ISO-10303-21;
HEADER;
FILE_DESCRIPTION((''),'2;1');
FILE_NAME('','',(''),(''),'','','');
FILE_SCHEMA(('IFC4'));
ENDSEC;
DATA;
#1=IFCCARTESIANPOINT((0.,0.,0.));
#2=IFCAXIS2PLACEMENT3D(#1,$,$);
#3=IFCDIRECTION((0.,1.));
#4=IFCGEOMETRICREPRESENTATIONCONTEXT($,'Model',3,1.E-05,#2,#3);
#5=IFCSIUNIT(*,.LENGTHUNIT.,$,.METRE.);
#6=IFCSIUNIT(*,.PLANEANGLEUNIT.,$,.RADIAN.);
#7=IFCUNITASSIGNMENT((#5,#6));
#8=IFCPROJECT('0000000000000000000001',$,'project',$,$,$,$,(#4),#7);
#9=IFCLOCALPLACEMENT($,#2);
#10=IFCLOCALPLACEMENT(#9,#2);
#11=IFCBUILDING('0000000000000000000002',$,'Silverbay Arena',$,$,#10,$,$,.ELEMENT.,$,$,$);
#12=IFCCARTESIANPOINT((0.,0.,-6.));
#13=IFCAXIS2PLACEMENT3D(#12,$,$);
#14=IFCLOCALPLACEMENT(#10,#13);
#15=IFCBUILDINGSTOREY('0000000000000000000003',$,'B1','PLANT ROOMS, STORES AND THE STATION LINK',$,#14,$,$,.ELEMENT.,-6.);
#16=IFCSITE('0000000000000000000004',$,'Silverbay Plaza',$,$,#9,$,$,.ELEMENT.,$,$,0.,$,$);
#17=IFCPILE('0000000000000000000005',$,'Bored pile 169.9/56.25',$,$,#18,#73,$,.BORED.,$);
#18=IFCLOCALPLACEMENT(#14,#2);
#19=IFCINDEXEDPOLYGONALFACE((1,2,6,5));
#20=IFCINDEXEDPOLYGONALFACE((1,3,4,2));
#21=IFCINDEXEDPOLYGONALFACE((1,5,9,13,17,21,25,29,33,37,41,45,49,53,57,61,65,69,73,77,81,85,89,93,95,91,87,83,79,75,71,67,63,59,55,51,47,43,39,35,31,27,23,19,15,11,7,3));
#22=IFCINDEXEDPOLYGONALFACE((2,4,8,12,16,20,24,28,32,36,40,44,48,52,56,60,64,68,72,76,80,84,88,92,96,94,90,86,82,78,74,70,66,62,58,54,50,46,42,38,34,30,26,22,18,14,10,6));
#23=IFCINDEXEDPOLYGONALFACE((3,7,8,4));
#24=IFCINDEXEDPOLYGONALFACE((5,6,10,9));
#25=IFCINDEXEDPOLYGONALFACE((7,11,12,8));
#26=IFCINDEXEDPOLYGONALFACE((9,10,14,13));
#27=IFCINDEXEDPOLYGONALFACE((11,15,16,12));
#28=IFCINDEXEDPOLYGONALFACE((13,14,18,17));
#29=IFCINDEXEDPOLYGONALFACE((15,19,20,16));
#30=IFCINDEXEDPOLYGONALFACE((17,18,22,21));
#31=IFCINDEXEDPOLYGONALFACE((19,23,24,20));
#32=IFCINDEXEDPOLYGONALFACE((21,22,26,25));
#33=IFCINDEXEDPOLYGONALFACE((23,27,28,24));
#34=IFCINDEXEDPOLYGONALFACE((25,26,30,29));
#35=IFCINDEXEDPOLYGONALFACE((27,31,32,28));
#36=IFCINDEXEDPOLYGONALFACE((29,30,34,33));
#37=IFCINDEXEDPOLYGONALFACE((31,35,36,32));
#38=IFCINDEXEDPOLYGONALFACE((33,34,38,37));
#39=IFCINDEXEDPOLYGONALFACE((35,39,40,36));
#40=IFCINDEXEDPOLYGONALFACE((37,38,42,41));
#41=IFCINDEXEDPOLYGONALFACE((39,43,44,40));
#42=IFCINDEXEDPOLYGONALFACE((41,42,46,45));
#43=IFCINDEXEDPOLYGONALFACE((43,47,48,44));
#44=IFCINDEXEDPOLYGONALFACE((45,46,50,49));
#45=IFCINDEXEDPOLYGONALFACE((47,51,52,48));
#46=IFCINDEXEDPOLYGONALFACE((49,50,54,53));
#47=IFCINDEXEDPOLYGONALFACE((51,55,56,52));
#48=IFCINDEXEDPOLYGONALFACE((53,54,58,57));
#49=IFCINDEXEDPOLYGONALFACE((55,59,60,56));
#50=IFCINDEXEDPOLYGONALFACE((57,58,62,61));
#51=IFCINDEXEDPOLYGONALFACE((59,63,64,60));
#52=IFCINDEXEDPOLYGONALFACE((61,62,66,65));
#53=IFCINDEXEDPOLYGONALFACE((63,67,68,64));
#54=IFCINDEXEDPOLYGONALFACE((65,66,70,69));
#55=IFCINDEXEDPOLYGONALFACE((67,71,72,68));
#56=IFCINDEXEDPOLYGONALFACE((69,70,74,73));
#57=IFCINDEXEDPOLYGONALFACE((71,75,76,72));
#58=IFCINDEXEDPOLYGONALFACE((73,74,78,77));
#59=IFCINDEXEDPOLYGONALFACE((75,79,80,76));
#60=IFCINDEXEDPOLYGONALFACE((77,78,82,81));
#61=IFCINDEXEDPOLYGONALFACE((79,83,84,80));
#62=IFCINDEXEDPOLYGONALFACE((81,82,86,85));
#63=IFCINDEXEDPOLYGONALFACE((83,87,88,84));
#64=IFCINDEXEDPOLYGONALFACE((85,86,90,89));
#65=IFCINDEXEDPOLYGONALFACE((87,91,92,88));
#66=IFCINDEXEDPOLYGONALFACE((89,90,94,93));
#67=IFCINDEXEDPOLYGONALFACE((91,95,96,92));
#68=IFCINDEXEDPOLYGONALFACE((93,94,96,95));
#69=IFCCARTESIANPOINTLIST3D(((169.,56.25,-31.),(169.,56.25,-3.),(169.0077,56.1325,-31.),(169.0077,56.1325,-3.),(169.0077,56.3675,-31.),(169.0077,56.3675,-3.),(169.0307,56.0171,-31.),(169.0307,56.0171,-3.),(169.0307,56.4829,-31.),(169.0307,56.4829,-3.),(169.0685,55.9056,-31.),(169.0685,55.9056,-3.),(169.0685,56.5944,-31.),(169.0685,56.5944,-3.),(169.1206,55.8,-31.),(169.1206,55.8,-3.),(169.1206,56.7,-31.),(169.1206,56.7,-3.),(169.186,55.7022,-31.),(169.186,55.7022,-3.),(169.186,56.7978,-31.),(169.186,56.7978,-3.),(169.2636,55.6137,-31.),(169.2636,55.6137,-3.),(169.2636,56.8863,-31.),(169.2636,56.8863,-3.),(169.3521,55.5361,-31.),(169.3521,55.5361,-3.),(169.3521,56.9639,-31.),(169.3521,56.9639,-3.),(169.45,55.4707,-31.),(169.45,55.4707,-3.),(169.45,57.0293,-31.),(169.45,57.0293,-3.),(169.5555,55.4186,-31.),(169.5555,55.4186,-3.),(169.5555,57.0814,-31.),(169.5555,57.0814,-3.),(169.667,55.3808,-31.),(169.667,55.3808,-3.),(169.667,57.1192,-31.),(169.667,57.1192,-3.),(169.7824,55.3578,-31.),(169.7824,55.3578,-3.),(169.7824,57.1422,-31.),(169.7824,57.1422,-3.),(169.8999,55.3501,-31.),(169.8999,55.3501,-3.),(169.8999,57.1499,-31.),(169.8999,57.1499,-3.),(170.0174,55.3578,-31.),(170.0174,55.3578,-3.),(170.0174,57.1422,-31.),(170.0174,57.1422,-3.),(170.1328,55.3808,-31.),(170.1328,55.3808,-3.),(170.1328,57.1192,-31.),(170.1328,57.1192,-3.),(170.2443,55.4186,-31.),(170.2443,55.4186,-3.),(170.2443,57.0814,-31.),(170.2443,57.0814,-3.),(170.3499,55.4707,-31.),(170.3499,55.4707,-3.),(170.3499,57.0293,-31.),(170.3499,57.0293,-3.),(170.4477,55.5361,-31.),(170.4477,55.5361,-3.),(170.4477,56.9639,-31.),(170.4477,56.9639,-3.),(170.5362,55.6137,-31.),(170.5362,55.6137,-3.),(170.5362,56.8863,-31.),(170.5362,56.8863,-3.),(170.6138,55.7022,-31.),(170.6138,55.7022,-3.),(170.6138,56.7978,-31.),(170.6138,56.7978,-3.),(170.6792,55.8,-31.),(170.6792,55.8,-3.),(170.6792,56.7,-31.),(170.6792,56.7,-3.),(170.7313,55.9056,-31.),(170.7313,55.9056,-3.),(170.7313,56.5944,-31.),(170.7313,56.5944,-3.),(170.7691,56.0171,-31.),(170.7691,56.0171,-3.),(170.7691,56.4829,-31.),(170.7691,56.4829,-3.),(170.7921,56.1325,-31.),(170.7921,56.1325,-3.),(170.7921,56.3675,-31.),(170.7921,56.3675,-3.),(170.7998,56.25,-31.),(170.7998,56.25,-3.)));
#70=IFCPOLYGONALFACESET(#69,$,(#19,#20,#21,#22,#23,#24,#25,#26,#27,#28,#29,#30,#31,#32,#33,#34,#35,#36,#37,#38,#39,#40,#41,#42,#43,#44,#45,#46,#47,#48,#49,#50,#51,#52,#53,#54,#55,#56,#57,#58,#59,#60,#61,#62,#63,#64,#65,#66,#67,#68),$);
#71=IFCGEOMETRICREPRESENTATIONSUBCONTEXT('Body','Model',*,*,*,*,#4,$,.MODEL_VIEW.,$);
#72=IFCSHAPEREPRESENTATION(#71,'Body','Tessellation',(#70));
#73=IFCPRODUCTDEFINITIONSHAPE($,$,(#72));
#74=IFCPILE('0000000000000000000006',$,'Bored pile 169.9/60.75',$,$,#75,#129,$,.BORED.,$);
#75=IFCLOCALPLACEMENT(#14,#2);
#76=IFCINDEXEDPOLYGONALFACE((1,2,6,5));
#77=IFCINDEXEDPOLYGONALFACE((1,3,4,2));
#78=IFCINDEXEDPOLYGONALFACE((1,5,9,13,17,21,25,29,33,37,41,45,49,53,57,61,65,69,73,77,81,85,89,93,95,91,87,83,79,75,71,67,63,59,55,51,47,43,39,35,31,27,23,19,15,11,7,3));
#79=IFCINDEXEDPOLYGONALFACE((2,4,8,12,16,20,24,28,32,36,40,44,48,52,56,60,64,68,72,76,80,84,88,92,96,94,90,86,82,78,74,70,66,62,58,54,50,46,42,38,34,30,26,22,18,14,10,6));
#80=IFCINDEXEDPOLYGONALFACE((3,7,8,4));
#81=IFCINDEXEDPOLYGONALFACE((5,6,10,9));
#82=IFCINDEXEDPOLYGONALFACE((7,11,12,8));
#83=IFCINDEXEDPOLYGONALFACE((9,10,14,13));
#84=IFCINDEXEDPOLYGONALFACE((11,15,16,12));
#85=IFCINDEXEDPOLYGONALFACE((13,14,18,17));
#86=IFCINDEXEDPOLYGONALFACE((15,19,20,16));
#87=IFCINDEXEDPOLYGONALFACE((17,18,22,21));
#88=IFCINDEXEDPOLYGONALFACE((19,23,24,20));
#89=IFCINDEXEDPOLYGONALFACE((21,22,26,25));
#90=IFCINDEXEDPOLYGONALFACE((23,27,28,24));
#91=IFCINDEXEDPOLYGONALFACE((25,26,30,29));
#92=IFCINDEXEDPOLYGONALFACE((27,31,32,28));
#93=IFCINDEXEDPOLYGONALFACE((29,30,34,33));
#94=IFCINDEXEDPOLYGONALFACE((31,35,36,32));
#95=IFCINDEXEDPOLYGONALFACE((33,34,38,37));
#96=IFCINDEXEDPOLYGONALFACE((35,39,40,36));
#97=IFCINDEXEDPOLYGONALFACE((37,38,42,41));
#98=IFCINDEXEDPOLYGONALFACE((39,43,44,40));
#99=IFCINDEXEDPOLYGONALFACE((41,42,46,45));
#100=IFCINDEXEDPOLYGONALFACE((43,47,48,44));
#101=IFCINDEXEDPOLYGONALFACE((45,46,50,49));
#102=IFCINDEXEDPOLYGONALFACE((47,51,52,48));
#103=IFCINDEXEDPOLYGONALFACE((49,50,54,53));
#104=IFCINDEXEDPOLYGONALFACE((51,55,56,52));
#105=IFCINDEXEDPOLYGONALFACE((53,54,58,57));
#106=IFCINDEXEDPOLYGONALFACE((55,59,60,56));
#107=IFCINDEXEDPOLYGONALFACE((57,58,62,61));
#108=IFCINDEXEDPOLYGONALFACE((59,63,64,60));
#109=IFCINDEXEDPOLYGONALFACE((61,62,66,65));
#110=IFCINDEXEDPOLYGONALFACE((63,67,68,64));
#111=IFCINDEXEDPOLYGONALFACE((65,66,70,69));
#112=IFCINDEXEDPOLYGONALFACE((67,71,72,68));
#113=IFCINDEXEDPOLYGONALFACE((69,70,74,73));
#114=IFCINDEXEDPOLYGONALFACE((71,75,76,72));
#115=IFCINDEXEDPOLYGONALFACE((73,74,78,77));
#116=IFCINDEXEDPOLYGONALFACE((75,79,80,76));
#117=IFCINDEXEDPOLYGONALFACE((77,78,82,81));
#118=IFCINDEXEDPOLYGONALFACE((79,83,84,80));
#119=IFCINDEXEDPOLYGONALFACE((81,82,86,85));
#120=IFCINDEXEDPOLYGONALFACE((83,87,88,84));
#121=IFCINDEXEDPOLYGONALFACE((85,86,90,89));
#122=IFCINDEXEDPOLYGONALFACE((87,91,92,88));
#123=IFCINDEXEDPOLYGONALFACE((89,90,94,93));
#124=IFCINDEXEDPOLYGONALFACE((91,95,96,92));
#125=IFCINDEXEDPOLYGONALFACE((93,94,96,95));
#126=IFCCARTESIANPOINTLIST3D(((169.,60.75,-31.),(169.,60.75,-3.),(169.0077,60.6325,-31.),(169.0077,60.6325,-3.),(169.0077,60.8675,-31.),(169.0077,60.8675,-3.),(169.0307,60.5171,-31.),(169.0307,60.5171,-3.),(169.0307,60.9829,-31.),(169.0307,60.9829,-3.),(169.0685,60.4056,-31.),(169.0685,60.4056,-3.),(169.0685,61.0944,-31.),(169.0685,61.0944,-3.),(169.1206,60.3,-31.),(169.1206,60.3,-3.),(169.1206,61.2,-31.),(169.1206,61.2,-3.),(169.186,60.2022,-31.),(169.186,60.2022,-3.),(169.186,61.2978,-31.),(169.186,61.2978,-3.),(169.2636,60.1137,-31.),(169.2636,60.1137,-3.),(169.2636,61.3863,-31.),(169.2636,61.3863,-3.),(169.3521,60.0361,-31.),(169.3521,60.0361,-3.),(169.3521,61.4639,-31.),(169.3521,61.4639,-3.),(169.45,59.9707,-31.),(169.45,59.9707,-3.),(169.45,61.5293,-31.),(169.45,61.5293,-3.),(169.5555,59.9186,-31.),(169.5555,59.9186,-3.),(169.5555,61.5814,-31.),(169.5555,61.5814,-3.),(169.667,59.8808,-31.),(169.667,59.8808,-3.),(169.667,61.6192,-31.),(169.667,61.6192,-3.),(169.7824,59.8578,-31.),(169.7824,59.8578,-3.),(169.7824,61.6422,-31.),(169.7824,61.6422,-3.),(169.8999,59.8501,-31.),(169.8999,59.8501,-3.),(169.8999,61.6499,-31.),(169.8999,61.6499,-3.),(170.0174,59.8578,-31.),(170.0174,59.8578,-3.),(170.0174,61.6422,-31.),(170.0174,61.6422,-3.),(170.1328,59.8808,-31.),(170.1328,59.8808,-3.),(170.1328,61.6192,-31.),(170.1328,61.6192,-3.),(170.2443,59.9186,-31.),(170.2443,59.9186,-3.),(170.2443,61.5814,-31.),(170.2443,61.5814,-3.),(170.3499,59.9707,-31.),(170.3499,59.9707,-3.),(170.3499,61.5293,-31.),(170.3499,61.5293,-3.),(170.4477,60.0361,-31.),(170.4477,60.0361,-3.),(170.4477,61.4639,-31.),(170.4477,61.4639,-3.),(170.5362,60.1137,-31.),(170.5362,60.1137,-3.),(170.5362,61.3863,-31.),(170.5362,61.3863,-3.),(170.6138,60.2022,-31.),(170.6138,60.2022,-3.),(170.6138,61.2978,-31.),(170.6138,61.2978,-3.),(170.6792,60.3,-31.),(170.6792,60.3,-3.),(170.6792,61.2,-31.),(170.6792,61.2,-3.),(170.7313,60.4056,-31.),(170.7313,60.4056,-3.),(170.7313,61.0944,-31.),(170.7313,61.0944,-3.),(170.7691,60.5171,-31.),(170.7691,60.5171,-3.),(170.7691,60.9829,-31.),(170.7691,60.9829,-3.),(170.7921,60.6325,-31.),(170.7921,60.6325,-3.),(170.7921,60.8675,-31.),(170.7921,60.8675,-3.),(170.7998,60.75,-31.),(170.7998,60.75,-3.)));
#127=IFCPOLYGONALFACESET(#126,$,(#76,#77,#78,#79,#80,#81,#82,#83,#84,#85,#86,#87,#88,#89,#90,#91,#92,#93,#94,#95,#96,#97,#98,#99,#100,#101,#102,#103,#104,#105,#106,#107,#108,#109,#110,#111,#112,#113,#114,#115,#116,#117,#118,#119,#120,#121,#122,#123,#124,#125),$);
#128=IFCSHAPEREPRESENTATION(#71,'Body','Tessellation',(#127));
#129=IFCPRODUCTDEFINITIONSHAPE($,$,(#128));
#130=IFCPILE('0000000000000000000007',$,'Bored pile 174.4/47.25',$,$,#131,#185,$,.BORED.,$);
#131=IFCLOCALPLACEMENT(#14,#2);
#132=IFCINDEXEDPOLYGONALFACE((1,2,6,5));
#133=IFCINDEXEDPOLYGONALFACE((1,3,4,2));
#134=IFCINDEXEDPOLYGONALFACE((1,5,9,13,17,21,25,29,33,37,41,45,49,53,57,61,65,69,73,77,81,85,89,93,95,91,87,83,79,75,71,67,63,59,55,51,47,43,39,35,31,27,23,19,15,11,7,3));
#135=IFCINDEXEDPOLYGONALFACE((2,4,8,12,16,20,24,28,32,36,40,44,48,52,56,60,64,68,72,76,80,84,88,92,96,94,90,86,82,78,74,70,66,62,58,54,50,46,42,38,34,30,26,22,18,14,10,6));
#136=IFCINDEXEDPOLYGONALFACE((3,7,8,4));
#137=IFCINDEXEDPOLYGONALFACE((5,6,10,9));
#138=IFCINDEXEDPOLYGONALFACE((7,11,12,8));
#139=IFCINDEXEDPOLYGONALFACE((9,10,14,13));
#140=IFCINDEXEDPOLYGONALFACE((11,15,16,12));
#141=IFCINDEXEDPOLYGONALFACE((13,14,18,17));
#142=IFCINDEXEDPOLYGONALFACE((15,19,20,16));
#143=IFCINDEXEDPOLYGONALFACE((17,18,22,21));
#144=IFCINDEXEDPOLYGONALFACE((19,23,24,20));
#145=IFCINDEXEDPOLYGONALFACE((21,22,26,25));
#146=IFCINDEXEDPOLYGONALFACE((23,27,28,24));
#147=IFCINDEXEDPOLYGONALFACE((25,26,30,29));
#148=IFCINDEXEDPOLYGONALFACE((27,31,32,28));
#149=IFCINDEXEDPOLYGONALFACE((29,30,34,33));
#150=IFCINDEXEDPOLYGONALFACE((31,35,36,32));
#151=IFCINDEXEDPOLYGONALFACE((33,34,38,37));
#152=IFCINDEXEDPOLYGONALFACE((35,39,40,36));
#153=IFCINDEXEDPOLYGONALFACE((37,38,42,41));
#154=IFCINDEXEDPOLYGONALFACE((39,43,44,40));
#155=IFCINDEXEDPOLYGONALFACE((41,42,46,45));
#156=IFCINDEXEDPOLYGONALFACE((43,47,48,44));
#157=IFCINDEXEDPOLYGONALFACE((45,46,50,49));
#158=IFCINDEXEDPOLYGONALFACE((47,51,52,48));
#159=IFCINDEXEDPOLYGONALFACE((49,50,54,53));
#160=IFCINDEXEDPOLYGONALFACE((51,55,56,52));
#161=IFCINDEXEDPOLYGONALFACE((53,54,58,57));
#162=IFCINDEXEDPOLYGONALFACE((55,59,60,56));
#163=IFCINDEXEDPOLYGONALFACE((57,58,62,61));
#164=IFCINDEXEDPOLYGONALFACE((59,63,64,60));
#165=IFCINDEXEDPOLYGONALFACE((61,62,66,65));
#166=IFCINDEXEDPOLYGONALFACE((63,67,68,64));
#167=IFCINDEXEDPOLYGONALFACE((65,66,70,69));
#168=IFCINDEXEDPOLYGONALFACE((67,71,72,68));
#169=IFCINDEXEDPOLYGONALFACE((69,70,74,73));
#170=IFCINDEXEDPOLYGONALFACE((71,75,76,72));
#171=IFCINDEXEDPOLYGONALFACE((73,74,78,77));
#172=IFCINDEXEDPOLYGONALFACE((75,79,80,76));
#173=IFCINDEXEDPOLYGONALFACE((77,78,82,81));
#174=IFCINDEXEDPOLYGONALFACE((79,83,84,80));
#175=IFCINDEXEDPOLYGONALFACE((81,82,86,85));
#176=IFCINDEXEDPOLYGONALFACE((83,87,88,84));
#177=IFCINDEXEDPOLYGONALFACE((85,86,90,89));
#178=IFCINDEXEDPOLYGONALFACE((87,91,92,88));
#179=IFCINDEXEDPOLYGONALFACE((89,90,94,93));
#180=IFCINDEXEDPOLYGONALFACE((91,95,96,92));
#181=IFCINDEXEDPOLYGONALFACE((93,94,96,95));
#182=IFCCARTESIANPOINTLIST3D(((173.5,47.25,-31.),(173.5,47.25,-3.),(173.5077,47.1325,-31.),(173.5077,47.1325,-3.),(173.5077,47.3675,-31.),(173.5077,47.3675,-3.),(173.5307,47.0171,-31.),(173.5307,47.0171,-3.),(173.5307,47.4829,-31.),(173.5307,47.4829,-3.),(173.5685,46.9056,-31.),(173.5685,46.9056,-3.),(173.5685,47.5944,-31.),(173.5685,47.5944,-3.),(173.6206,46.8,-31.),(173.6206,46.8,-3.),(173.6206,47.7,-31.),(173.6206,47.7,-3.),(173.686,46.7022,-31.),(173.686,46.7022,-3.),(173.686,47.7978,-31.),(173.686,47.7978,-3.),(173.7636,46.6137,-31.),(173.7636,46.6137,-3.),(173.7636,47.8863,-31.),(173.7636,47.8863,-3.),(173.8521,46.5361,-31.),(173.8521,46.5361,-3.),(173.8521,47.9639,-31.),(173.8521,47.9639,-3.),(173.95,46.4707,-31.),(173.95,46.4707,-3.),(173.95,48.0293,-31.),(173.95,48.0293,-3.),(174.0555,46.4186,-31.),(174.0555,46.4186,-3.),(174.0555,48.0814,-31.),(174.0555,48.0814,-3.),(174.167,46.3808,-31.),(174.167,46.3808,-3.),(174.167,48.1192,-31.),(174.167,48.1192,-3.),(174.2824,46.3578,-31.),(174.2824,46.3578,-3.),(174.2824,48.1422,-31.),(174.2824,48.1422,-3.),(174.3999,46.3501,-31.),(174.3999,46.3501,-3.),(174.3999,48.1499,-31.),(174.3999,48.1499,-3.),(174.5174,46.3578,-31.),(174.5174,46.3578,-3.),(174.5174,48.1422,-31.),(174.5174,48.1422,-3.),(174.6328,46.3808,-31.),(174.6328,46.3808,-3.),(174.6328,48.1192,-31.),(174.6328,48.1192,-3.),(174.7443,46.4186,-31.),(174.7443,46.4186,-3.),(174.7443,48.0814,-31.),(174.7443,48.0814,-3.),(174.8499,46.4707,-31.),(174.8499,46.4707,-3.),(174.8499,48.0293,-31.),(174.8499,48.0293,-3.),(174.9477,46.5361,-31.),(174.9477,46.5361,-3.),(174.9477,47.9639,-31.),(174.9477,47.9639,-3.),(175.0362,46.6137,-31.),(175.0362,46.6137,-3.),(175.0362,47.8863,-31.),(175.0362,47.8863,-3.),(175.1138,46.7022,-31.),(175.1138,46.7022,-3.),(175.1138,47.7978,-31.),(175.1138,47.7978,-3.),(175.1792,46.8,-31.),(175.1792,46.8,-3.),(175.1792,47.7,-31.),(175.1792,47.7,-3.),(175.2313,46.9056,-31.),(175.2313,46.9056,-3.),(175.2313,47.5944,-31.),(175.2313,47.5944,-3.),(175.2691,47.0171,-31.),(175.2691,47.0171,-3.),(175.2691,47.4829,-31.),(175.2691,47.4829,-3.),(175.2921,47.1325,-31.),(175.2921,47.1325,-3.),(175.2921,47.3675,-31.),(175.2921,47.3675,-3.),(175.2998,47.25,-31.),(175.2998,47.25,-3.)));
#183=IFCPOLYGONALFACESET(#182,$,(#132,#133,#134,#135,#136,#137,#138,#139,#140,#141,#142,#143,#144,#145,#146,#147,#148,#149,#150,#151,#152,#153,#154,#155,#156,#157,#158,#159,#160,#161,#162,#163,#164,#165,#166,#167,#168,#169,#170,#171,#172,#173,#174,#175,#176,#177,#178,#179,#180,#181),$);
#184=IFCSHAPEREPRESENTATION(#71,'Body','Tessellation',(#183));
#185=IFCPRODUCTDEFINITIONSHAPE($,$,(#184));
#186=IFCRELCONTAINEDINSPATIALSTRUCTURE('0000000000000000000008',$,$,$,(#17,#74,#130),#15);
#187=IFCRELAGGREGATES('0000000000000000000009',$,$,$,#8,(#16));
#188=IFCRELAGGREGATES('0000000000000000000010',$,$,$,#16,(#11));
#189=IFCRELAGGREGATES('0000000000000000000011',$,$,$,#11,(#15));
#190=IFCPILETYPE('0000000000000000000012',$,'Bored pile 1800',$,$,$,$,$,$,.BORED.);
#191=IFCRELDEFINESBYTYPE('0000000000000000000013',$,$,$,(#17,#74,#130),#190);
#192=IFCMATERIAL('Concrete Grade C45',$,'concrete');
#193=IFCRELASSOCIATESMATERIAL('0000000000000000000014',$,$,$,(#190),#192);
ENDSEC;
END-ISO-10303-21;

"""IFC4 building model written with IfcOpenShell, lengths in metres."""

from ifc_helpers import new_model, si_unit, direction, frame, origin, origin_2d, place, context, subcontext, project, spatial, circle, extrude, material, material_profile, profile_set, type_object, element, save


model = new_model("IFC4")

# Units and contexts
model_context = context("Model", 3, precision=1e-05, world=origin(), true_north=direction((0.0, 1.0)))
body_context = subcontext(model_context, "Body", "Model", "MODEL_VIEW")
ifc_project = project(units=[si_unit("LENGTHUNIT", "METRE"), si_unit("PLANEANGLEUNIT", "RADIAN")], contexts=[model_context])

# Site, building, storey
site_placement = place(None, origin())
site = spatial("IfcSite", under=ifc_project, at=site_placement, Name="Silverbay Plaza", CompositionType="ELEMENT", RefElevation=0.0)
building_placement = place(site_placement, origin())
building = spatial("IfcBuilding", under=site, at=building_placement, Name="Silverbay Arena", CompositionType="ELEMENT")
storey_placement = place(building_placement, frame((0.0, 0.0, -6.0)))
storey = spatial("IfcBuildingStorey", under=building, at=storey_placement, Name="B1", Description="PLANT ROOMS, STORES AND THE STATION LINK", CompositionType="ELEMENT", Elevation=-6.0)

# Piles
ifc_material_1 = material(Name="Concrete Grade C45", Category="concrete")
ifc_material_profile_1 = material_profile(ifc_material_1, circle(Radius=0.8999, at=origin_2d()), Name="Bored pile 1800")
ifc_profile_set_1 = profile_set([ifc_material_profile_1], Name="Concrete Grade C45")
pile_type_1 = type_object("IfcPileType", Name="Bored pile 1800", PredefinedType="BORED", material=ifc_profile_set_1)
for number, where, z_axis, x_axis, name in (
    (1, (169.8999, 56.25, -3.0), (0.0, 0.0, -1.0), (1.0, 0.0, 0.0), "Bored pile 169.9/56.25"),
    (2, (169.8999, 60.75, -3.0), (0.0, 0.0, -1.0), (1.0, 0.0, 0.0), "Bored pile 169.9/60.75"),
    (3, (174.3999, 47.25, -3.0), (0.0, 0.0, -1.0), (1.0, 0.0, 0.0), "Bored pile 174.4/47.25"),
):
    element("IfcPile", number, at=place(storey_placement, frame(where, z_axis=z_axis, x_axis=x_axis)), inside=storey, type_object=pile_type_1, Name=name, PredefinedType="BORED", context=body_context, shape_type="SweptSolid", body=[
        extrude(circle(Radius=0.8999, at=origin_2d()), origin(), (0.0, 0.0, 1.0), 28.0),
    ])

save(model, "model.ifc")
